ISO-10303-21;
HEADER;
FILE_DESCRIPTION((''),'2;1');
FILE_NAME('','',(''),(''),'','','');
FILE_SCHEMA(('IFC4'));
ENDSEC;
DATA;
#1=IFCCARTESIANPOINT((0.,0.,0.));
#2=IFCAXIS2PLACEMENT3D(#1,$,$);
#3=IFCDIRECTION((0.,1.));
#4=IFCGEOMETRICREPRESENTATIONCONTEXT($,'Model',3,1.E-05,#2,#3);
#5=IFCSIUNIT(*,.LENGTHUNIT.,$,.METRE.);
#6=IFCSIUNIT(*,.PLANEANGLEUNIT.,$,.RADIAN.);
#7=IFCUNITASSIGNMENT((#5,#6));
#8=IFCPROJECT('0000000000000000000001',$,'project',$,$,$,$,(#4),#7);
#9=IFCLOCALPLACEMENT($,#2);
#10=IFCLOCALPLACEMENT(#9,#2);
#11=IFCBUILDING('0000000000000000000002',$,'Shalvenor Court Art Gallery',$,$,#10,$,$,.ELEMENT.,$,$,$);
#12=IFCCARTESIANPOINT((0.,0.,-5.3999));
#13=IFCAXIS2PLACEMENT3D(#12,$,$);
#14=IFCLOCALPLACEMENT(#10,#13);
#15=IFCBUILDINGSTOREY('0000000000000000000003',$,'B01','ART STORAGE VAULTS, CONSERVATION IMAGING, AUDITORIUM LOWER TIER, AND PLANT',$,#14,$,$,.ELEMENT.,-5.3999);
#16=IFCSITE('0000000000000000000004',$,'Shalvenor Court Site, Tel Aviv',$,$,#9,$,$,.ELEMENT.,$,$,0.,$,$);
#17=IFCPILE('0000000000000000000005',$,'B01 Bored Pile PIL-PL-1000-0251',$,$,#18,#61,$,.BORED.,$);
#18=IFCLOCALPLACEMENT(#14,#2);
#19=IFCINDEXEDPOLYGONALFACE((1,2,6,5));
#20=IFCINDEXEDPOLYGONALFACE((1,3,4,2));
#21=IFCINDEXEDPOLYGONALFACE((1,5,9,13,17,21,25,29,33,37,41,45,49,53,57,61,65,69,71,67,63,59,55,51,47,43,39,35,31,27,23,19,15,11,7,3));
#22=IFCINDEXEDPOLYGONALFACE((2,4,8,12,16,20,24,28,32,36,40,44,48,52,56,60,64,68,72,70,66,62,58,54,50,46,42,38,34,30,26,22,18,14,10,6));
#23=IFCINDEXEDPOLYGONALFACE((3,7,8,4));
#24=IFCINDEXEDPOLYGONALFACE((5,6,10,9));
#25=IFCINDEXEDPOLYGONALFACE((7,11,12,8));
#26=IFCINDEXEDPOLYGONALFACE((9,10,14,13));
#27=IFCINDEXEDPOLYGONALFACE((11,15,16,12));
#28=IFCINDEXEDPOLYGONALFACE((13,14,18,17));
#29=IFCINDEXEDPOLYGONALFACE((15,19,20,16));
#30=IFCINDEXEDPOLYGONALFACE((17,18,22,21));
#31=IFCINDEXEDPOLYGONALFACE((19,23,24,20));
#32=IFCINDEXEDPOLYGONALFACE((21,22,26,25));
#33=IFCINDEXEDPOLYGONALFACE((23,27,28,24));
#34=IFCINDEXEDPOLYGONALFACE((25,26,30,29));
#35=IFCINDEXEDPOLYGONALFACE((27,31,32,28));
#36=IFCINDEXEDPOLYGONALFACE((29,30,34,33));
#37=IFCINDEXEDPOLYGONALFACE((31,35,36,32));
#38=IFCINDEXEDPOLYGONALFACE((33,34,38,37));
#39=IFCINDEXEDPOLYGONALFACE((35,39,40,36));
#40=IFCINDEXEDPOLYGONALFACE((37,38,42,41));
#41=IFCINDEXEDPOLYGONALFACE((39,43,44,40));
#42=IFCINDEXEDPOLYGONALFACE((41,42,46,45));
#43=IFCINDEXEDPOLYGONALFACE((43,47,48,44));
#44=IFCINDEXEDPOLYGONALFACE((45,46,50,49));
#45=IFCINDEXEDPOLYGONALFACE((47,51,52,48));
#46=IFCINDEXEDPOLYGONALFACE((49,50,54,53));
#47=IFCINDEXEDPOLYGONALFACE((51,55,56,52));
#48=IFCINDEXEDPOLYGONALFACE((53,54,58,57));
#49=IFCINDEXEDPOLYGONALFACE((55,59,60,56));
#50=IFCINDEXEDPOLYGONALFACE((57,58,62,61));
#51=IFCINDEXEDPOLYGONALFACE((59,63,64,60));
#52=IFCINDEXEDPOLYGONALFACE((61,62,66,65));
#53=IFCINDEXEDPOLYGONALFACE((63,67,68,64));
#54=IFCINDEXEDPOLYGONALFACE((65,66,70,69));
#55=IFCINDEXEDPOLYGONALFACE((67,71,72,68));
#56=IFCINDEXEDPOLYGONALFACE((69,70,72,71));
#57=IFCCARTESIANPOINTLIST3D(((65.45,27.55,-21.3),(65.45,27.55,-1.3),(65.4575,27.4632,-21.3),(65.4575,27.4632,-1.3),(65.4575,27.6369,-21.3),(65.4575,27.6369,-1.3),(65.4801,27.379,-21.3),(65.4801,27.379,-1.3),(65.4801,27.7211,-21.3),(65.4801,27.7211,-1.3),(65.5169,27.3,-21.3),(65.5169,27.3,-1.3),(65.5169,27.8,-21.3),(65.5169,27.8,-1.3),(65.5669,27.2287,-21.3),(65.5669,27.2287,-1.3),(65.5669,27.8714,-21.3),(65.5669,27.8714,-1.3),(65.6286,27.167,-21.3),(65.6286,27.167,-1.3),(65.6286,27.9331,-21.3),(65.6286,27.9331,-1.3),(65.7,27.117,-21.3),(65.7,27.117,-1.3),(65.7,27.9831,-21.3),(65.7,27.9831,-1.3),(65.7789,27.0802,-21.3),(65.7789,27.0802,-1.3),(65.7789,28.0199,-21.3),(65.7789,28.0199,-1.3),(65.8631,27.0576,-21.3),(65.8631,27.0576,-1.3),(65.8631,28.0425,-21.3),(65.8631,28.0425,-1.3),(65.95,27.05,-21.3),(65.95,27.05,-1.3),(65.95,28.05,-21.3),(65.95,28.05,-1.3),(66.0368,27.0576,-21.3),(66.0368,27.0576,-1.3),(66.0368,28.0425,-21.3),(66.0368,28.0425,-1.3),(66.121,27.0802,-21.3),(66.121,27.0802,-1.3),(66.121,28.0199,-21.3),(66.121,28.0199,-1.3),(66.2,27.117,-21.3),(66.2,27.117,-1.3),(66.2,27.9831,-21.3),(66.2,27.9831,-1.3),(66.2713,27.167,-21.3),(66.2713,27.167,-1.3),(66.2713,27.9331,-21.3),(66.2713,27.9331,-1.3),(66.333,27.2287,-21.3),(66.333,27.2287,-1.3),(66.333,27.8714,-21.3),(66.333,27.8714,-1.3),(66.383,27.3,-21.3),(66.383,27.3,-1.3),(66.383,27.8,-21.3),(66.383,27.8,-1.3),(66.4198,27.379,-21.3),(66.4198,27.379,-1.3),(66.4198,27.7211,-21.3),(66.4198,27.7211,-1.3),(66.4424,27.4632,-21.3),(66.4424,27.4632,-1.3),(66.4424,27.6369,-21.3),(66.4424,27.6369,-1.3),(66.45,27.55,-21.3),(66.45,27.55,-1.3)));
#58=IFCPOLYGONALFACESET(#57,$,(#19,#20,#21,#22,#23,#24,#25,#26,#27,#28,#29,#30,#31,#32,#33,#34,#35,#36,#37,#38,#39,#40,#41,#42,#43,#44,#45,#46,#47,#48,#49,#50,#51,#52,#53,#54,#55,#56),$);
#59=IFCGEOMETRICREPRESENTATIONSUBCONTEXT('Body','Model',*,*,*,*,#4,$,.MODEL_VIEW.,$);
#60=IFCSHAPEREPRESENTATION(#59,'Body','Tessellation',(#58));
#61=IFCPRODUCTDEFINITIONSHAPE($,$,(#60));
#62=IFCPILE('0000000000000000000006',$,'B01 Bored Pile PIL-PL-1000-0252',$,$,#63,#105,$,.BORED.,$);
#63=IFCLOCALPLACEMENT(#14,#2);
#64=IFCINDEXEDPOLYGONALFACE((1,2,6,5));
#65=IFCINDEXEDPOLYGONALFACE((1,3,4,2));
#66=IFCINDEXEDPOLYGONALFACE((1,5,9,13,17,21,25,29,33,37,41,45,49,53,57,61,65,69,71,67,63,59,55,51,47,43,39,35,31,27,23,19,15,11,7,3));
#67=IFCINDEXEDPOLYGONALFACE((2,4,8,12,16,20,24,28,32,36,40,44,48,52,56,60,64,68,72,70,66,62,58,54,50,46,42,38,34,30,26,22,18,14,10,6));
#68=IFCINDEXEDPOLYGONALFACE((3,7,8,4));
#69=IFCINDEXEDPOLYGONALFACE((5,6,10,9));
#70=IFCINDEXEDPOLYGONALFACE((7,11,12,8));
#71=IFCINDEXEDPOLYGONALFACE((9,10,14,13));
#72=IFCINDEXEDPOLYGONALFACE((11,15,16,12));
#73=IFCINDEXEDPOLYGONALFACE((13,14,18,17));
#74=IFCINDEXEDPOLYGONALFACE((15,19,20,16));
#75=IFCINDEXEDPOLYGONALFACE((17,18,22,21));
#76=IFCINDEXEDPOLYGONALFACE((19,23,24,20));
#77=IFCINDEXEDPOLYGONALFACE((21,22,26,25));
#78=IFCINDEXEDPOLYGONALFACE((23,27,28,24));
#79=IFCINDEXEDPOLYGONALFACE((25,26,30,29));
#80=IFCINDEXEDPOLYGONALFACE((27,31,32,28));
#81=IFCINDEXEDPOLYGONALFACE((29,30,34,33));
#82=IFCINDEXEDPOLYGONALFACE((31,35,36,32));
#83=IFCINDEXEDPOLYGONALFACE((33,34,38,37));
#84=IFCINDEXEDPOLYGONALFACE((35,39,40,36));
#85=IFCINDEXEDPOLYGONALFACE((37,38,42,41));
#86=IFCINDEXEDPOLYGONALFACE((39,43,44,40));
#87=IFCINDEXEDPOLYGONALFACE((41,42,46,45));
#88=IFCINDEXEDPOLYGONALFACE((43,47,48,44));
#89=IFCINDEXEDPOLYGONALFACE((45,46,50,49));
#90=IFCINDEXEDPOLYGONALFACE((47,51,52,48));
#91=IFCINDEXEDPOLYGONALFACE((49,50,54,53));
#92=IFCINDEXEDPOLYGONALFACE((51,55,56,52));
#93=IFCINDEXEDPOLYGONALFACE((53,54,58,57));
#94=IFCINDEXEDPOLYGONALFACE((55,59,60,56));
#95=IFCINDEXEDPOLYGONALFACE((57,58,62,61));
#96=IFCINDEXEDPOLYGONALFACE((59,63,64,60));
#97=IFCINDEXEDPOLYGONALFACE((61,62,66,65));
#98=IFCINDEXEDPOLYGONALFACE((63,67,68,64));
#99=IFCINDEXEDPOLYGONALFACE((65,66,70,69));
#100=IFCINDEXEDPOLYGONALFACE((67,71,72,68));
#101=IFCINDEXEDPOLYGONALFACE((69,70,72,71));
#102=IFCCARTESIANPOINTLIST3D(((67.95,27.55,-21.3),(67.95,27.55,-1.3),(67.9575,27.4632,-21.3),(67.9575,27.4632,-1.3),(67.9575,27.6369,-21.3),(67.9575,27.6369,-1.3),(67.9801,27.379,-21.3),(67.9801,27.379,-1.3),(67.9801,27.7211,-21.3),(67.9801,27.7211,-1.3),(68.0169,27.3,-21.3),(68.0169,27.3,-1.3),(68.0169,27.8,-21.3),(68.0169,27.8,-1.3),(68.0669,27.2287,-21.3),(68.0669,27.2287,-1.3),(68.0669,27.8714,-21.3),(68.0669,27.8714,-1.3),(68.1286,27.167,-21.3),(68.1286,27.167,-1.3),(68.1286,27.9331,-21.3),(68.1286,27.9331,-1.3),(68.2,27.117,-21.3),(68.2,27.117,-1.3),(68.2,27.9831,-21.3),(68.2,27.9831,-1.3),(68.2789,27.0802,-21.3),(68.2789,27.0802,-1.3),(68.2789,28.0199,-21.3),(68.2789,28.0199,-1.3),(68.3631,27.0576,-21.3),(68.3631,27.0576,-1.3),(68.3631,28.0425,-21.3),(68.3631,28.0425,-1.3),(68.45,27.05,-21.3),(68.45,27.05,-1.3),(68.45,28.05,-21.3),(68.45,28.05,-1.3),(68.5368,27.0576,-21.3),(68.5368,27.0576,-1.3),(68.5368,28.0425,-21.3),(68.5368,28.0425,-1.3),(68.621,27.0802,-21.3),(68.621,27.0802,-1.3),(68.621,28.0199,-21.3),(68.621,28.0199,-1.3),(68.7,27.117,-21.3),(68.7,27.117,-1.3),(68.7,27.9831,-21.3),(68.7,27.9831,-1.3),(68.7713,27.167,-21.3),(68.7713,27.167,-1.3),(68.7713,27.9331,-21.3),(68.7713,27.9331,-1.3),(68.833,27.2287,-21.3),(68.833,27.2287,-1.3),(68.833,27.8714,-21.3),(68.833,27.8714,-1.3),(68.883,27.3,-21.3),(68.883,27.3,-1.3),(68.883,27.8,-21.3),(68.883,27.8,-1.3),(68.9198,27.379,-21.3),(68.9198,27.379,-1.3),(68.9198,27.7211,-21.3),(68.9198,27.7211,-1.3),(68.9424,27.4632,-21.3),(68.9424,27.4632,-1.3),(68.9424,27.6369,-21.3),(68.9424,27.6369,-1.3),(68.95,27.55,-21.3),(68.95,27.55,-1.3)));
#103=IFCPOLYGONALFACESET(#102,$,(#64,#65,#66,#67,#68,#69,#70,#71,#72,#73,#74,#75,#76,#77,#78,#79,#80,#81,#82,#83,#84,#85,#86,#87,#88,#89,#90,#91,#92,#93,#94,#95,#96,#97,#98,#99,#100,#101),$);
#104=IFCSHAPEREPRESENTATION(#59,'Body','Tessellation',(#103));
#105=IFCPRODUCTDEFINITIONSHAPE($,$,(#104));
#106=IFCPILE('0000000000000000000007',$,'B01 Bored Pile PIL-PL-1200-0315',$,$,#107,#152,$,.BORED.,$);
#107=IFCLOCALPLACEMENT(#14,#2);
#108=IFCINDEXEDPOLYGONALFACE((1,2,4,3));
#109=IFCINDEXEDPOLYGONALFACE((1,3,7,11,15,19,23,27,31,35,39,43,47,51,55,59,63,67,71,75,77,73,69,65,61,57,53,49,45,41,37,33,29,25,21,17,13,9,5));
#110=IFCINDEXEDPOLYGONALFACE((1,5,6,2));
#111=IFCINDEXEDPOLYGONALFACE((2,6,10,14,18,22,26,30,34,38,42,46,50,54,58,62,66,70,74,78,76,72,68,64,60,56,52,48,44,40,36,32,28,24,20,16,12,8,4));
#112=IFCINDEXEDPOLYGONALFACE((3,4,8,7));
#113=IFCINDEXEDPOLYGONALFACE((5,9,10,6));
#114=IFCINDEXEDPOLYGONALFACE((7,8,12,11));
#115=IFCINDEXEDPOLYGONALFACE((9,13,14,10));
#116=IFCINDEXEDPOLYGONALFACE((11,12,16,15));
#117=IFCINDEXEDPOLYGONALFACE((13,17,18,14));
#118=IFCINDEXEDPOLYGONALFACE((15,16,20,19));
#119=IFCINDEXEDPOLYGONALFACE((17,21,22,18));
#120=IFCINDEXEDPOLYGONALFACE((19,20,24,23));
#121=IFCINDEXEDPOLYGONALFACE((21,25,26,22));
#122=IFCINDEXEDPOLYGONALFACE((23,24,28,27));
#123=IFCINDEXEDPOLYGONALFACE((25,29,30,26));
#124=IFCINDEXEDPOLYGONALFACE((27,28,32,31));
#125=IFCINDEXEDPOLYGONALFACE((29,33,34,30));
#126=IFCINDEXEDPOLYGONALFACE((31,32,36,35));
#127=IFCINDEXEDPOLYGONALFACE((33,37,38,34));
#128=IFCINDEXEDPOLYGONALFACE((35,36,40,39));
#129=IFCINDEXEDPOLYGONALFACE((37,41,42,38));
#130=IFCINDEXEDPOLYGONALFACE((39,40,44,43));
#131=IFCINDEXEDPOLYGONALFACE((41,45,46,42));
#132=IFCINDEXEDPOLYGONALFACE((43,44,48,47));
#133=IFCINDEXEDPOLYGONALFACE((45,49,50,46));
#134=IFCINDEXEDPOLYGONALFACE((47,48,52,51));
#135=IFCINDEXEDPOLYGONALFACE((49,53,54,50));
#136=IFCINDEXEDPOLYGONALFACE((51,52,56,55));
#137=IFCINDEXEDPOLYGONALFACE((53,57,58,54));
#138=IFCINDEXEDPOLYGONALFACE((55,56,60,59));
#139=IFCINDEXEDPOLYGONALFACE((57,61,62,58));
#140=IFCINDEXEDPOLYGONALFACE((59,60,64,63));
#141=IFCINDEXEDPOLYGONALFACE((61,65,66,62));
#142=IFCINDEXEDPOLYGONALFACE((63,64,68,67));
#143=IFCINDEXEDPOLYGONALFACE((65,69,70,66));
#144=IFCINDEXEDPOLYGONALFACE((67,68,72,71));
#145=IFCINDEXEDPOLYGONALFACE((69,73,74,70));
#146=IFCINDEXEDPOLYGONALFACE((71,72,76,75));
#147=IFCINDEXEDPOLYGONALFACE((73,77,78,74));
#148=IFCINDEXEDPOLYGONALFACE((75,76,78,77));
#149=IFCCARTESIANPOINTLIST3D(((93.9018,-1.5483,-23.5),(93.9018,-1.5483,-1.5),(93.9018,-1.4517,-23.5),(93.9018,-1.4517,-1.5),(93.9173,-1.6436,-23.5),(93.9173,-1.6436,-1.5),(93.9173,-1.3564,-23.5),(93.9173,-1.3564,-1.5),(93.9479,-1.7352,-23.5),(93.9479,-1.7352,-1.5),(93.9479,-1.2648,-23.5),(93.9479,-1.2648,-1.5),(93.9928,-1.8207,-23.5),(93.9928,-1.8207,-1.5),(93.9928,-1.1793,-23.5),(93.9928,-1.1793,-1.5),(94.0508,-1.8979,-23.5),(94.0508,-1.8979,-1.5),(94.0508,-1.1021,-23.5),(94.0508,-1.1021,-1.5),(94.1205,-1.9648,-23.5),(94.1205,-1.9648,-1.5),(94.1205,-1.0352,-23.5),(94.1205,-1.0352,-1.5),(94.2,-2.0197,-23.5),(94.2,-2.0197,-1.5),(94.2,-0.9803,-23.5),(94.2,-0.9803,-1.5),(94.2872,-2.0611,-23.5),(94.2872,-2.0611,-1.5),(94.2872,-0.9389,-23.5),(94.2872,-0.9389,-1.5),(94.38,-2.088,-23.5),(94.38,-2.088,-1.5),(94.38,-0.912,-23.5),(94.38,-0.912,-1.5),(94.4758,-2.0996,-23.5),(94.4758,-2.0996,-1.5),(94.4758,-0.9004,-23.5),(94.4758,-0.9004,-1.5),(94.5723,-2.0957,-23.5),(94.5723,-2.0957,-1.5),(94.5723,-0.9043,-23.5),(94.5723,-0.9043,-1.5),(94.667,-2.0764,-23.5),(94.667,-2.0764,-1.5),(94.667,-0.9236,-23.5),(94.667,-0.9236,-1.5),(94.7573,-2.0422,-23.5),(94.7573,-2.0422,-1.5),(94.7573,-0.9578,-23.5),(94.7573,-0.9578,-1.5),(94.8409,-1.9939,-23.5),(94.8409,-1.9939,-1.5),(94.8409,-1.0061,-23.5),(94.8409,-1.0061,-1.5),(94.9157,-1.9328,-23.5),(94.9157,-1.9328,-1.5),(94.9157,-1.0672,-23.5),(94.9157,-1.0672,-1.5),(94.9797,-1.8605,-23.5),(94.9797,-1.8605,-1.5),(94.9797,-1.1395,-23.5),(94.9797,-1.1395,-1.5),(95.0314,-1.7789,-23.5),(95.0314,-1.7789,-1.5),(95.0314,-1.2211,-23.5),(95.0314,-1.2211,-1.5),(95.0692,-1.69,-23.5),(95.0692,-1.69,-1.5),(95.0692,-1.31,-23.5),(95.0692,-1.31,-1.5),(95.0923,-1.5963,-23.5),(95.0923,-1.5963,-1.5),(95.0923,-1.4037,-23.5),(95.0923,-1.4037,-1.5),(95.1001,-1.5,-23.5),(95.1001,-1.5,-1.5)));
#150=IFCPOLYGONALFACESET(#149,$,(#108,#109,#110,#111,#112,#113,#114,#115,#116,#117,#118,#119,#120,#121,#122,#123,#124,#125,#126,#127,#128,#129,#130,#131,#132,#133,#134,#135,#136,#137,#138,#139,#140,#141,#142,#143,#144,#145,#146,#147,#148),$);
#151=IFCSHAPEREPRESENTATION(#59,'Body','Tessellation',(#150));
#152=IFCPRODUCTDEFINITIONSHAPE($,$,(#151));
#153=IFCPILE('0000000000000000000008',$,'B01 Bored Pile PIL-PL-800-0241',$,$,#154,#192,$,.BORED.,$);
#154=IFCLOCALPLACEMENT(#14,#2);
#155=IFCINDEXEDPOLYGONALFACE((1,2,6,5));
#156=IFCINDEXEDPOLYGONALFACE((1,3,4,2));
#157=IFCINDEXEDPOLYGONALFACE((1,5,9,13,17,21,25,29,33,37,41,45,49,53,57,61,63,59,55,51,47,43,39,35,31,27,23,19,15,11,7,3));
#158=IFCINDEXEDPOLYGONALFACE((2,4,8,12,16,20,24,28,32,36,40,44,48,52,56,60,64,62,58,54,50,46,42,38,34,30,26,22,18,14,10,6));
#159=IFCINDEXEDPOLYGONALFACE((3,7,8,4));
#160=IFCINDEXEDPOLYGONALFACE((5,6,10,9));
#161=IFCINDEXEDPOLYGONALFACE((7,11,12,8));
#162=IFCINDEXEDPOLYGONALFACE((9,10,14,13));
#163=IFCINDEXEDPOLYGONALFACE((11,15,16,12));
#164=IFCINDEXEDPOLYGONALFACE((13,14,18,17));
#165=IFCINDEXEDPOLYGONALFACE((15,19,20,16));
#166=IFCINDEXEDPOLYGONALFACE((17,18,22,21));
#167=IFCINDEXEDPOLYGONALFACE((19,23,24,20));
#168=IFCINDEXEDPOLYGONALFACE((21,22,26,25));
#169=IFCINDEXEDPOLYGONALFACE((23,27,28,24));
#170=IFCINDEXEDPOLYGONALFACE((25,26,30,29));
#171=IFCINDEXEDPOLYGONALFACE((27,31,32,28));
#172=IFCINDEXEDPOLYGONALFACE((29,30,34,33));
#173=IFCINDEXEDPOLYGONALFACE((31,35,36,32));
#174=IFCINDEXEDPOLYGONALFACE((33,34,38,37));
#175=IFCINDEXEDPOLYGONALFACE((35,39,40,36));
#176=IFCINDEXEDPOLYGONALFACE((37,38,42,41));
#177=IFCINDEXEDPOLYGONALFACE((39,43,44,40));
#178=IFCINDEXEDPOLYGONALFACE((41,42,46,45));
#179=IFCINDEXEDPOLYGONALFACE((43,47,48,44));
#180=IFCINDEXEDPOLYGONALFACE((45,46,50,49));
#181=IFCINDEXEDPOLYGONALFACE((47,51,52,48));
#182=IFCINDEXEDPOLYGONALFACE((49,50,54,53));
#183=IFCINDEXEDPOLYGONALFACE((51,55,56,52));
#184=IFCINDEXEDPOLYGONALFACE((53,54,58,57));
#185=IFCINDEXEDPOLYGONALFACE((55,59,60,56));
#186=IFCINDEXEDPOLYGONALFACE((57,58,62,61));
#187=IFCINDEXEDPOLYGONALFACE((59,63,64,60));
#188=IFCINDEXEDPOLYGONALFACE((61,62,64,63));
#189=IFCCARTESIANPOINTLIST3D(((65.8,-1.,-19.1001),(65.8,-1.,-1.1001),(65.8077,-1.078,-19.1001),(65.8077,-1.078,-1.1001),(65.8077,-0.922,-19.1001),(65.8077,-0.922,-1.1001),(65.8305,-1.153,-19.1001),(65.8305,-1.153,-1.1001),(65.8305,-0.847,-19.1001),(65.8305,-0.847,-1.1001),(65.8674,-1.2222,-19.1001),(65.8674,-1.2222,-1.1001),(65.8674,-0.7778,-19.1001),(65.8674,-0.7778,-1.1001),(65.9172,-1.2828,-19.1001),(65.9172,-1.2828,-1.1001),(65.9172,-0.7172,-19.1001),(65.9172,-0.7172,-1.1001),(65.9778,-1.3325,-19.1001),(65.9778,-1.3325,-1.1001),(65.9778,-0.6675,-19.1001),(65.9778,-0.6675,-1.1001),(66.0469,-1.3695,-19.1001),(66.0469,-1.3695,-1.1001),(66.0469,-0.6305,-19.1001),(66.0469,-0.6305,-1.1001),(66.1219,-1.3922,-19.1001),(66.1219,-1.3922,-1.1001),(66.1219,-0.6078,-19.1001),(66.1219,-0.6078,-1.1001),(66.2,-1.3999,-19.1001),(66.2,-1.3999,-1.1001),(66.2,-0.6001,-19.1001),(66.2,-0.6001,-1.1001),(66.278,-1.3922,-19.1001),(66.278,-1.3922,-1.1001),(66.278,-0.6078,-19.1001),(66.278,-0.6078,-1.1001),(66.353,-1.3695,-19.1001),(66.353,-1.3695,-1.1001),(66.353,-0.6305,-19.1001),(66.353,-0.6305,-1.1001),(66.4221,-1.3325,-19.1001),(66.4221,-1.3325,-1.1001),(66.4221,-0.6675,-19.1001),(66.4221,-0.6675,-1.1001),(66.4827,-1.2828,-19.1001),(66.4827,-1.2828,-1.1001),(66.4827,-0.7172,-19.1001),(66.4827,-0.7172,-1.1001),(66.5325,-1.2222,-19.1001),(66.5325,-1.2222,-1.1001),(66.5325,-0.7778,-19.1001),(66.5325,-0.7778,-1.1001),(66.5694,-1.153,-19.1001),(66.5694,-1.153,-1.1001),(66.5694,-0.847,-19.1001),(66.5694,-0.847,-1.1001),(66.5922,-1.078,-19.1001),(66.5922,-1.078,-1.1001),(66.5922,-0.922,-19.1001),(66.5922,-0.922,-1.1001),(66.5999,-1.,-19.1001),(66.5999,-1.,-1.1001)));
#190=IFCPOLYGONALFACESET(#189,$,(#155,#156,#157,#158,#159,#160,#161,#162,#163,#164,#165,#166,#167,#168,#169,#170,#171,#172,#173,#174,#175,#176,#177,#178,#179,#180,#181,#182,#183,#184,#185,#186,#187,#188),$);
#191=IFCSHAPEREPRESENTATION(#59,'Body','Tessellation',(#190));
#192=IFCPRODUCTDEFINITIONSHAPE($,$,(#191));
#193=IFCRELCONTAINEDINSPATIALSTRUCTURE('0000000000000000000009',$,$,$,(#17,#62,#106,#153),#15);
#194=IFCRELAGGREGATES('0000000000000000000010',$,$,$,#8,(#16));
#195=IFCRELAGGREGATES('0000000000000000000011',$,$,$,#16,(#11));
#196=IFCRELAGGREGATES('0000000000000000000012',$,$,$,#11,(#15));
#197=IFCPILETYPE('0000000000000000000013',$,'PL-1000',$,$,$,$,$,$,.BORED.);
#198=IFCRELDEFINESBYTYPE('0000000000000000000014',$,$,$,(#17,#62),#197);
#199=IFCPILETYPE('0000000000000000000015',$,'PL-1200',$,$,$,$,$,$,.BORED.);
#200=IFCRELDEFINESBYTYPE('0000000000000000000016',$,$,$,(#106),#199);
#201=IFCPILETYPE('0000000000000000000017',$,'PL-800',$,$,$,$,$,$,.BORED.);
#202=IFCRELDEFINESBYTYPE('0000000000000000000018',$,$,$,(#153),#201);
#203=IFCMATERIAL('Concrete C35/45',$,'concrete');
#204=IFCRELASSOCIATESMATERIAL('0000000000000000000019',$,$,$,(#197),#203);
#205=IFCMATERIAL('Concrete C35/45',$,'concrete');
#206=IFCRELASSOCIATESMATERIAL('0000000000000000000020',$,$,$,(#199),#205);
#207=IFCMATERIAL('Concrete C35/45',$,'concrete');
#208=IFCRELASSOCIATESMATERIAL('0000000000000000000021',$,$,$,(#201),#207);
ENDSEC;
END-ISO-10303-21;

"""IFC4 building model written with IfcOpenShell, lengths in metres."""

from ifc_helpers import new_model, si_unit, direction, frame, origin, origin_2d, place, context, subcontext, project, spatial, circle, extrude, material, material_profile, profile_set, type_object, element, save


model = new_model("IFC4")

# Units and contexts
model_context = context("Model", 3, precision=1e-05, world=origin(), true_north=direction((0.0, 1.0)))
body_context = subcontext(model_context, "Body", "Model", "MODEL_VIEW")
ifc_project = project(units=[si_unit("LENGTHUNIT", "METRE"), si_unit("PLANEANGLEUNIT", "RADIAN")], contexts=[model_context])

# Site, building, storey
site_placement = place(None, origin())
site = spatial("IfcSite", under=ifc_project, at=site_placement, Name="Shalvenor Court Site, Tel Aviv", CompositionType="ELEMENT", RefElevation=0.0)
building_placement = place(site_placement, origin())
building = spatial("IfcBuilding", under=site, at=building_placement, Name="Shalvenor Court Art Gallery", CompositionType="ELEMENT")
storey_placement = place(building_placement, frame((0.0, 0.0, -5.3999)))
storey = spatial("IfcBuildingStorey", under=building, at=storey_placement, Name="B01", Description="ART STORAGE VAULTS, CONSERVATION IMAGING, AUDITORIUM LOWER TIER, AND PLANT", CompositionType="ELEMENT", Elevation=-5.3999)

# Piles
ifc_material_1 = material(Name="Concrete C35/45", Category="concrete")
ifc_material_profile_1 = material_profile(ifc_material_1, circle(Radius=0.5, at=origin_2d()), Name="PILE 1000")
ifc_profile_set_1 = profile_set([ifc_material_profile_1], Name="Concrete C35/45")
pile_type_1 = type_object("IfcPileType", Name="PL-1000", PredefinedType="BORED", material=ifc_profile_set_1)
for number, where, z_axis, x_axis, name in (
    (1, (65.95, 27.55, -1.3), (0.0, 0.0, -1.0), (1.0, 0.0, 0.0), "B01 Bored Pile PIL-PL-1000-0251"),
    (2, (68.45, 27.55, -1.3), (0.0, 0.0, -1.0), (1.0, 0.0, 0.0), "B01 Bored Pile PIL-PL-1000-0252"),
):
    element("IfcPile", number, at=place(storey_placement, frame(where, z_axis=z_axis, x_axis=x_axis)), inside=storey, type_object=pile_type_1, Name=name, PredefinedType="BORED", context=body_context, shape_type="SweptSolid", body=[
        extrude(circle(Radius=0.5, at=origin_2d()), origin(), (0.0, 0.0, 1.0), 20.0),
    ])
ifc_material_2 = material(Name="Concrete C35/45", Category="concrete")
ifc_material_profile_2 = material_profile(ifc_material_2, circle(Radius=0.6001, at=origin_2d()), Name="PILE 1200")
ifc_profile_set_2 = profile_set([ifc_material_profile_2], Name="Concrete C35/45")
pile_type_2 = type_object("IfcPileType", Name="PL-1200", PredefinedType="BORED", material=ifc_profile_set_2)
pile_placement = place(storey_placement, frame((94.5, -1.5, -1.5), z_axis=(0.0, 0.0, -1.0), x_axis=(1.0, 0.0, 0.0)))
element("IfcPile", 3, at=pile_placement, inside=storey, type_object=pile_type_2, Name="B01 Bored Pile PIL-PL-1200-0315", PredefinedType="BORED", context=body_context, shape_type="SweptSolid", body=[
    extrude(circle(Radius=0.6001, at=origin_2d()), origin(), (0.0, 0.0, 1.0), 22.0),
])
ifc_material_3 = material(Name="Concrete C35/45", Category="concrete")
ifc_material_profile_3 = material_profile(ifc_material_3, circle(Radius=0.3999, at=origin_2d()), Name="PILE 800")
ifc_profile_set_3 = profile_set([ifc_material_profile_3], Name="Concrete C35/45")
pile_type_3 = type_object("IfcPileType", Name="PL-800", PredefinedType="BORED", material=ifc_profile_set_3)
for number, where, z_axis, x_axis, name in (
    (4, (66.2, -1.0, -1.1001), (0.0, 0.0, -1.0), (1.0, 0.0, 0.0), "B01 Bored Pile PIL-PL-800-0241"),
):
    element("IfcPile", number, at=place(storey_placement, frame(where, z_axis=z_axis, x_axis=x_axis)), inside=storey, type_object=pile_type_3, Name=name, PredefinedType="BORED", context=body_context, shape_type="SweptSolid", body=[
        extrude(circle(Radius=0.3999, at=origin_2d()), origin(), (0.0, 0.0, 1.0), 18.0),
    ])

save(model, "model.ifc")
